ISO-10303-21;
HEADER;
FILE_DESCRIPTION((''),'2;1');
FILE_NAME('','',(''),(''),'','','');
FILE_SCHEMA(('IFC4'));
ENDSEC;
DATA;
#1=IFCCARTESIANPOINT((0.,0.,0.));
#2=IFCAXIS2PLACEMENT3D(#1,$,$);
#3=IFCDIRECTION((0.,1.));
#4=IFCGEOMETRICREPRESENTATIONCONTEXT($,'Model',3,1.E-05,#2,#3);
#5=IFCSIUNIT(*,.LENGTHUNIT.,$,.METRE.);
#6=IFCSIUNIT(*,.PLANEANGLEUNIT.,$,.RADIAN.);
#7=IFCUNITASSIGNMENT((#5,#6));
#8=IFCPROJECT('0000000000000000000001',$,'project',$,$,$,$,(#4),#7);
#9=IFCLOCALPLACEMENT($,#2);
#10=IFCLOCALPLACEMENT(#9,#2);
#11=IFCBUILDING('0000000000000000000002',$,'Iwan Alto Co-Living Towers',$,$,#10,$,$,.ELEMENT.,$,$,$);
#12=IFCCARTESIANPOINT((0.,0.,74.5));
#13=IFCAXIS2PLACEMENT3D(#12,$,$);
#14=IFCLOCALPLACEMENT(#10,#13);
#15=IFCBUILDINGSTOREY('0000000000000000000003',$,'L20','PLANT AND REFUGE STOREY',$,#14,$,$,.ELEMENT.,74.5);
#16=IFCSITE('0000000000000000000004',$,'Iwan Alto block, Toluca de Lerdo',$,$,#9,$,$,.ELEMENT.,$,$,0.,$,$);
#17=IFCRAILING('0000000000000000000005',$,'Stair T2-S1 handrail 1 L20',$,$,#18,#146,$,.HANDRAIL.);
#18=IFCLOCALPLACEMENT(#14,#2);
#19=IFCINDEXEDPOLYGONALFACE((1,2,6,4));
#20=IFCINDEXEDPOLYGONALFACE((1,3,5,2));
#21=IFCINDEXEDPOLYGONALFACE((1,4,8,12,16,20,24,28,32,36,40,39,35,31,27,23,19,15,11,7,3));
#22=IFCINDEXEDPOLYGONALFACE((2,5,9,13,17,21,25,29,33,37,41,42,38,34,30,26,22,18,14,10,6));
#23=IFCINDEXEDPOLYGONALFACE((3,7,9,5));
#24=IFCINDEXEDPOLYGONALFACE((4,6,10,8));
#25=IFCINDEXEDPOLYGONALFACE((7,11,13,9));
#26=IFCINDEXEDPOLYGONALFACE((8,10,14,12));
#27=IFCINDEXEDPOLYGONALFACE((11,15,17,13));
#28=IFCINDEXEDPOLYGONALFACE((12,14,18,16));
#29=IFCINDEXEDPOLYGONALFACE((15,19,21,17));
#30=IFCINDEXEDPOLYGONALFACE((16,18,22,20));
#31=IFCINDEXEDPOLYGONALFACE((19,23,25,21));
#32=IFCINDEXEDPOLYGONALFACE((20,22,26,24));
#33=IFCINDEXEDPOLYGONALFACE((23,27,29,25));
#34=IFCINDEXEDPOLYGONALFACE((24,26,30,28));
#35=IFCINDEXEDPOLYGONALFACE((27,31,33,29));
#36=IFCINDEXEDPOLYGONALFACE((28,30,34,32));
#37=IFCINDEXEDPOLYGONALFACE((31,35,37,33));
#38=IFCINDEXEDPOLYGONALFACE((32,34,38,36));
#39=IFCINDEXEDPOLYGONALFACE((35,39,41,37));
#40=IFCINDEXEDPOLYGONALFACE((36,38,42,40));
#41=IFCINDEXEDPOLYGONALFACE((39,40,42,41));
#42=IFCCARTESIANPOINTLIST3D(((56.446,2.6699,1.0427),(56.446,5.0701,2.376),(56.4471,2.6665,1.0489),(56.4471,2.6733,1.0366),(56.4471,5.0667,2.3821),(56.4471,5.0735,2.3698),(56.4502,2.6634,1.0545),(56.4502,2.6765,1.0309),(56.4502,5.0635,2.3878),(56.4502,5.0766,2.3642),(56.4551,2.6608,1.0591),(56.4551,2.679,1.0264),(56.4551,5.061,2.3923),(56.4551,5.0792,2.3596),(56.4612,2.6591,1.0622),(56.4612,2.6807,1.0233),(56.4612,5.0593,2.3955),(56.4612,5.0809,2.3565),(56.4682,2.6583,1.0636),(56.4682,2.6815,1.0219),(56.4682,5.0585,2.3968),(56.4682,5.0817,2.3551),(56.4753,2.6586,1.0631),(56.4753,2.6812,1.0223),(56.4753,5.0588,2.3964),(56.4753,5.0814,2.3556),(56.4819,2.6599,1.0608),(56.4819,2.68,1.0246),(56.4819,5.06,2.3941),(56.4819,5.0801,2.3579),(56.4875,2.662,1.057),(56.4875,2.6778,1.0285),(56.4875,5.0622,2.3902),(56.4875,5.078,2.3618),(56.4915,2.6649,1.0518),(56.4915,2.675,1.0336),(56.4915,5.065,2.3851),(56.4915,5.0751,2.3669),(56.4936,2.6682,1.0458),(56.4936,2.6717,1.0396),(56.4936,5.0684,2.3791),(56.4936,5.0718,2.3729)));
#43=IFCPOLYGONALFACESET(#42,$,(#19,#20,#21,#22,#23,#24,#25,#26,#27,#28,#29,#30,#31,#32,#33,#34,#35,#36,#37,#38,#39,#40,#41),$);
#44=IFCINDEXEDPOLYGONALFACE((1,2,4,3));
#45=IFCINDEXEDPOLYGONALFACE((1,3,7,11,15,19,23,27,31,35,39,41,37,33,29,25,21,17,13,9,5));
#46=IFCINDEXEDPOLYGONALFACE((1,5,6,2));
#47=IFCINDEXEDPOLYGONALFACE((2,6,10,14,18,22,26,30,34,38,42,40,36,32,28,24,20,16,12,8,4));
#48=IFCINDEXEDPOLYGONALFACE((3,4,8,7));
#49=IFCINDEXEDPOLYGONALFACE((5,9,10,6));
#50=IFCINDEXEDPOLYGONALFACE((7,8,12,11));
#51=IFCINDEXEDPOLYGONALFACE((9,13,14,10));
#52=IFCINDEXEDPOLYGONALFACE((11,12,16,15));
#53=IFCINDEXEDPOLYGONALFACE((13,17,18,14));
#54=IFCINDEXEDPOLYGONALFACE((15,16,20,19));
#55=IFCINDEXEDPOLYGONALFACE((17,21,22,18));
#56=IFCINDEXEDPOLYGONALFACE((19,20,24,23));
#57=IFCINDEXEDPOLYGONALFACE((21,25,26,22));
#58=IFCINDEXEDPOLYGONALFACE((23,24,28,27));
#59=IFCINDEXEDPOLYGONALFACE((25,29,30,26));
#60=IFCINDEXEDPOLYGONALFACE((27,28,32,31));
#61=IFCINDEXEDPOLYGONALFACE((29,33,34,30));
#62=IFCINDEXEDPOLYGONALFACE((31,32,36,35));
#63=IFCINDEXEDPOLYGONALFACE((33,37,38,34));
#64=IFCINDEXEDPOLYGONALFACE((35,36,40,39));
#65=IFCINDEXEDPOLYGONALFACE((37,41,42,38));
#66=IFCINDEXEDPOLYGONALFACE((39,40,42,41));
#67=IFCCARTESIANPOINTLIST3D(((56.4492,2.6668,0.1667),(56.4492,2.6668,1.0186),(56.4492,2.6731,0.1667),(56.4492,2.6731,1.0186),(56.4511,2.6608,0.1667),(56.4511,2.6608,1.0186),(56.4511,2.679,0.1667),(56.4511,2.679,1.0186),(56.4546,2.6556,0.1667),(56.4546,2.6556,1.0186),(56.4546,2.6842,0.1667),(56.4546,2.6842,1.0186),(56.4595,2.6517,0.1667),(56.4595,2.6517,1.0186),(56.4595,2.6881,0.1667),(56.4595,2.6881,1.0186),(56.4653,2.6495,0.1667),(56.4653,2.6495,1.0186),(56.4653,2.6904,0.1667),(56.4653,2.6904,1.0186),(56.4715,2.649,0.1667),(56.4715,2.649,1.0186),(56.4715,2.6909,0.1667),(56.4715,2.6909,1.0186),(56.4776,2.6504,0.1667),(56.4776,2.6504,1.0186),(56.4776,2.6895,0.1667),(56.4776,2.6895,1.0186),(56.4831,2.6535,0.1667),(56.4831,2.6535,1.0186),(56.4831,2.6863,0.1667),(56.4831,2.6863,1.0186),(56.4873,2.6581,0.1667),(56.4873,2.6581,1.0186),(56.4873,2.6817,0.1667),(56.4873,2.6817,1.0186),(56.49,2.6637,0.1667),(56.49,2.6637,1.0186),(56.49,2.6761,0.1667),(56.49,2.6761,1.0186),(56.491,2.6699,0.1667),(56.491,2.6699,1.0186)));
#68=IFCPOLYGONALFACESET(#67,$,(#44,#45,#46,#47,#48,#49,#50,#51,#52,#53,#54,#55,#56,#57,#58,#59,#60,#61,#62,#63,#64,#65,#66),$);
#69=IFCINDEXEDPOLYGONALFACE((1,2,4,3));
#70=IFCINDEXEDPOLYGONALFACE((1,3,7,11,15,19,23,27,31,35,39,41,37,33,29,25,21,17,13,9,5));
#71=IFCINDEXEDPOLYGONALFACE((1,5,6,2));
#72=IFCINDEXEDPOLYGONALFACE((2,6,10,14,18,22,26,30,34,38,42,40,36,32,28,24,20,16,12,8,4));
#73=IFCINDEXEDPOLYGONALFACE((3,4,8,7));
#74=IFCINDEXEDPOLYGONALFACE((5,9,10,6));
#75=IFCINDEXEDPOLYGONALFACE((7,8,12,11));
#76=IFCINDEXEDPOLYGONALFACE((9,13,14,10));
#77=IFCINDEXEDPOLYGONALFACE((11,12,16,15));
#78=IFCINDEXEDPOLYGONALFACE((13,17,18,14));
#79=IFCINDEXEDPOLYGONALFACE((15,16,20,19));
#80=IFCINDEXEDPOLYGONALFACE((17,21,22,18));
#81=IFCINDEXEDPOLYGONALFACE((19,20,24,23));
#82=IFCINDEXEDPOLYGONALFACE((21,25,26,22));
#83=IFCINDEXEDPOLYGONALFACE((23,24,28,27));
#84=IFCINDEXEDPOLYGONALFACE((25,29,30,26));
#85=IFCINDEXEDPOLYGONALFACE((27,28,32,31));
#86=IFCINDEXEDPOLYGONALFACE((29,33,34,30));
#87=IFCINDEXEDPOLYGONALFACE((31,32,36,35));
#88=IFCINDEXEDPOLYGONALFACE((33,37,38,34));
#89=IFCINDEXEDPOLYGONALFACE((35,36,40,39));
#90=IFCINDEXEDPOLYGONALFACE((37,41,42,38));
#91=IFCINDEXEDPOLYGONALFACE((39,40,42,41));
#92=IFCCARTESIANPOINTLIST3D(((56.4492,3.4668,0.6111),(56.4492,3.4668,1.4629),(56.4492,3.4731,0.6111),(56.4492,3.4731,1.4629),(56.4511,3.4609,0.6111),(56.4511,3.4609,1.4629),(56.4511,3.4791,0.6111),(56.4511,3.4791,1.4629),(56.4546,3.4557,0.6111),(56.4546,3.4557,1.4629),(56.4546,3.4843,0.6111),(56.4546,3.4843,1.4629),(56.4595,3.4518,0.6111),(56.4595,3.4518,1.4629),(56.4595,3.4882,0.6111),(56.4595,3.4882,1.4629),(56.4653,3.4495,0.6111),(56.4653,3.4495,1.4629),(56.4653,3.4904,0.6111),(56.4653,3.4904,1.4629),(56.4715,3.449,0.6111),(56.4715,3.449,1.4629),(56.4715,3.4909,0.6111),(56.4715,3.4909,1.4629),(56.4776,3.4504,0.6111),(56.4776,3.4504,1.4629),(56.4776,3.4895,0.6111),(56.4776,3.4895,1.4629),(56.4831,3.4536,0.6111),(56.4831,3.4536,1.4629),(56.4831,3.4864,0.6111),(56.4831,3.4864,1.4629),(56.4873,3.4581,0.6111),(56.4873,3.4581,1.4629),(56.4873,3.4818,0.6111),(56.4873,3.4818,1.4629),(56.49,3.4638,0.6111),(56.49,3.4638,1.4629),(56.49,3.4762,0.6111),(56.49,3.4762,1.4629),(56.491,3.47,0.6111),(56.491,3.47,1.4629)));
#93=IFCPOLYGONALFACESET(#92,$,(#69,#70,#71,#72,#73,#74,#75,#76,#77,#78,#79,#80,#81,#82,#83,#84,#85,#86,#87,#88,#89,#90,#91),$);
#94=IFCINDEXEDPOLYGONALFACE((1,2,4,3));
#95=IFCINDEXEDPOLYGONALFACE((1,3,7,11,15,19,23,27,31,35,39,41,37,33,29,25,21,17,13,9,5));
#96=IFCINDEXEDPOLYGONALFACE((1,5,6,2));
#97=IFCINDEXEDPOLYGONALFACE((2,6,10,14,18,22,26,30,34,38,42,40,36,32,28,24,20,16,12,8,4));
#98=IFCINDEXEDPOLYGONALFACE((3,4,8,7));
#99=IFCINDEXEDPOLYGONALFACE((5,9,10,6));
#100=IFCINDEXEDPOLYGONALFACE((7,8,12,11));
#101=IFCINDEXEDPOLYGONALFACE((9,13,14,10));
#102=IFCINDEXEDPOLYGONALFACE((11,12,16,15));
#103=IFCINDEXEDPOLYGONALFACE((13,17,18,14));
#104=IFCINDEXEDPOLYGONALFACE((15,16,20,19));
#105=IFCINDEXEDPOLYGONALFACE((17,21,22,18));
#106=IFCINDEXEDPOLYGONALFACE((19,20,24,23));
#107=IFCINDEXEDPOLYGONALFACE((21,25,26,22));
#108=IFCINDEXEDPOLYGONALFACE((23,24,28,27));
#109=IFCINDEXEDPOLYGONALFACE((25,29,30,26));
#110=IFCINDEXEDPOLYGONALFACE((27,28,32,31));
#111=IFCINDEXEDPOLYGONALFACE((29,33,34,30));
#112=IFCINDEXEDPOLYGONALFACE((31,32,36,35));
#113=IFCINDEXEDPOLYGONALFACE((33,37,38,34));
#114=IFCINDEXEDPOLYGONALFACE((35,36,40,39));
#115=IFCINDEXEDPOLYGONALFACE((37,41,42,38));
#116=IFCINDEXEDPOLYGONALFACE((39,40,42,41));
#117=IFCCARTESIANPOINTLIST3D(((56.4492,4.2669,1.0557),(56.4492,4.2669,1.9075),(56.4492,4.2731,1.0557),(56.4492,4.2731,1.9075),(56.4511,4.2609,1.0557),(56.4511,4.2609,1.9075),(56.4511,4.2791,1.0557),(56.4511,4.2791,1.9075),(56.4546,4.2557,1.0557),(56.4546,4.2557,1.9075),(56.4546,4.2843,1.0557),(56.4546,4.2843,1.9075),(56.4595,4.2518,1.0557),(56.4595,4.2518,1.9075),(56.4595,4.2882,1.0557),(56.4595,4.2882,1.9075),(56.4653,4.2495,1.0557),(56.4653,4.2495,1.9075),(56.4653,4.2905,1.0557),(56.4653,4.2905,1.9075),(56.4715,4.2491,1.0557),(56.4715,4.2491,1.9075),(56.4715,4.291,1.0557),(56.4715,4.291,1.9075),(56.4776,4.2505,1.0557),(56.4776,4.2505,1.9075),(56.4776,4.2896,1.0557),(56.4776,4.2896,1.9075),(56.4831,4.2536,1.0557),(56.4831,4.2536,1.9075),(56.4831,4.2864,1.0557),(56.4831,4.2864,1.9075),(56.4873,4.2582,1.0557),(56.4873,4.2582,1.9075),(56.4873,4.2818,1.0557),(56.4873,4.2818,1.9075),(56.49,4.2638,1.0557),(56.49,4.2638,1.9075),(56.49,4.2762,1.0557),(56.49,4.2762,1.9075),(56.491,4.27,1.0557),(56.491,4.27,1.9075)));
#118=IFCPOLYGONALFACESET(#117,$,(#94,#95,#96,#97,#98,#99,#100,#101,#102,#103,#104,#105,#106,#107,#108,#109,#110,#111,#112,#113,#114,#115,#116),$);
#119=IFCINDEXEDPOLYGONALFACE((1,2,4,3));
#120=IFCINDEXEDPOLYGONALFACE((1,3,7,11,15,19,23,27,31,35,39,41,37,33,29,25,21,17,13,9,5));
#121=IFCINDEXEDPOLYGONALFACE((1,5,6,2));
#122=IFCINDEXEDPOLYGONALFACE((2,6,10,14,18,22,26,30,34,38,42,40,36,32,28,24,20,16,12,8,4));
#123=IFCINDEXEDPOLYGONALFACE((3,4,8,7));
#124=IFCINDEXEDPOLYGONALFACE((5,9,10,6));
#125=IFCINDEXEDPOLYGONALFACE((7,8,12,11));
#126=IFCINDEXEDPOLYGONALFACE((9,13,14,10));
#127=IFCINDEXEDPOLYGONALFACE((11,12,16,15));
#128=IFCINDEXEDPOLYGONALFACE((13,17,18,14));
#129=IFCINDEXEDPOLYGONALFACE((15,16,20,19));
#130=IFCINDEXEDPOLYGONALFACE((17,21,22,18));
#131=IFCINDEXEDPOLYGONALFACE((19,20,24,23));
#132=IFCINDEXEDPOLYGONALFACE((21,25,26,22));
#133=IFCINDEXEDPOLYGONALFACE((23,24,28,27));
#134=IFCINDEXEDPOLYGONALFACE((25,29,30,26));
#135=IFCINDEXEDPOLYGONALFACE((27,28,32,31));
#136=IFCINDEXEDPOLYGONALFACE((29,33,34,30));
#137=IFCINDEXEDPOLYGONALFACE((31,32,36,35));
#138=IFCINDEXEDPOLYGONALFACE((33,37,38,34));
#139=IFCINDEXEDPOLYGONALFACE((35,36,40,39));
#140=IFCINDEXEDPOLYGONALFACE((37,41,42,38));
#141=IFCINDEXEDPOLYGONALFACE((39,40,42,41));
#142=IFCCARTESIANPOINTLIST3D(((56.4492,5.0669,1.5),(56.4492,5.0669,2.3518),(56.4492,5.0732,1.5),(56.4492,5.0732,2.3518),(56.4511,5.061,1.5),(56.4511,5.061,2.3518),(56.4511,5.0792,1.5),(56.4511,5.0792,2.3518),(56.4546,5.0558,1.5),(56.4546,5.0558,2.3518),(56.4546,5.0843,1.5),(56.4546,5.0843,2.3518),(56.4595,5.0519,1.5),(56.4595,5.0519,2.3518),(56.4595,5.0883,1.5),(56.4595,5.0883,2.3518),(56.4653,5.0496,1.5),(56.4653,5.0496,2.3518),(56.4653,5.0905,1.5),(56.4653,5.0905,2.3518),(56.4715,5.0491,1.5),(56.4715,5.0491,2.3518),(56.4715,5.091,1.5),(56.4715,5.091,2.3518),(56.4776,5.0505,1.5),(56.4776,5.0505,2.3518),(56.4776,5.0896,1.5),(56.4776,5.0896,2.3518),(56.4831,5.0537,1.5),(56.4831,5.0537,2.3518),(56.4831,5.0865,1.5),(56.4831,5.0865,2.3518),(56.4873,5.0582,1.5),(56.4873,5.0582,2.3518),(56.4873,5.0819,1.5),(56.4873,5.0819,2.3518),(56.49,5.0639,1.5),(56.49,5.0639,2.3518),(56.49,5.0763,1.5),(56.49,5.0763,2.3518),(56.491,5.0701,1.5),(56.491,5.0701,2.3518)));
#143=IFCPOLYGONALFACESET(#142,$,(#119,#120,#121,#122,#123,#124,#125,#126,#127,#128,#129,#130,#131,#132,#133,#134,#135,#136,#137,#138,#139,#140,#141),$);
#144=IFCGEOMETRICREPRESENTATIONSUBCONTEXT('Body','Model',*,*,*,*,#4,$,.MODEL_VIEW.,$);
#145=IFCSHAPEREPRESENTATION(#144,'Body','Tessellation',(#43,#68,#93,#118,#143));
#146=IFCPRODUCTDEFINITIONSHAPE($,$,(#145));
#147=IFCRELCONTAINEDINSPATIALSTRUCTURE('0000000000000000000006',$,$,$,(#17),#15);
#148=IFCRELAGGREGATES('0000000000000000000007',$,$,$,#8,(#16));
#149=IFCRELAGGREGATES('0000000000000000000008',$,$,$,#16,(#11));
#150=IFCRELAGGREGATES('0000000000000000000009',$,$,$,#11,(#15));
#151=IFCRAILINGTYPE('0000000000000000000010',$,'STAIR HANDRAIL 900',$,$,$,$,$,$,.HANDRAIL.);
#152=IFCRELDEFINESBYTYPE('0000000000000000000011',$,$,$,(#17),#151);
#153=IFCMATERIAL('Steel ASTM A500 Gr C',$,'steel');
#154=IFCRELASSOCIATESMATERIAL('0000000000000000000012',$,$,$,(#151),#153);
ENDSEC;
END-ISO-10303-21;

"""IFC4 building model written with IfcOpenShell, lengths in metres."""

from ifc_helpers import new_model, si_unit, direction, frame, origin, origin_2d, place, context, subcontext, project, spatial, circle, extrude, material, type_object, element, save


model = new_model("IFC4")

# Units and contexts
model_context = context("Model", 3, precision=1e-05, world=origin(), true_north=direction((0.0, 1.0)))
body_context = subcontext(model_context, "Body", "Model", "MODEL_VIEW")
ifc_project = project(units=[si_unit("LENGTHUNIT", "METRE"), si_unit("PLANEANGLEUNIT", "RADIAN")], contexts=[model_context])

# Site, building, storey
site_placement = place(None, origin())
site = spatial("IfcSite", under=ifc_project, at=site_placement, Name="Iwan Alto block, Toluca de Lerdo", CompositionType="ELEMENT", RefElevation=0.0)
building_placement = place(site_placement, origin())
building = spatial("IfcBuilding", under=site, at=building_placement, Name="Iwan Alto Co-Living Towers", CompositionType="ELEMENT")
storey_placement = place(building_placement, frame((0.0, 0.0, 74.5)))
storey = spatial("IfcBuildingStorey", under=building, at=storey_placement, Name="L20", Description="PLANT AND REFUGE STOREY", CompositionType="ELEMENT", Elevation=74.5)

# Railing
ifc_material_1 = material(Name="Steel ASTM A500 Gr C", Category="steel")
railing_type_1 = type_object("IfcRailingType", Name="STAIR HANDRAIL 900", PredefinedType="HANDRAIL", material=ifc_material_1)
railing_1_placement = place(storey_placement, frame((56.47, 2.6699, 0.1667)))
element("IfcRailing", 1, at=railing_1_placement, inside=storey, type_object=railing_type_1, Name="Stair T2-S1 handrail 1 L20", PredefinedType="HANDRAIL", context=body_context, shape_type="SweptSolid", body=[
    extrude(circle(Radius=0.0239, at=origin_2d()), frame((0.0, 0.0, 0.876), z_axis=(0.0, 0.874182, 0.485598), x_axis=(-1.0, 0.0, 0.0)), (0.0, 0.0, 1.0), 2.7456),
    extrude(circle(Radius=0.021, at=origin_2d()), origin(), (0.0, 0.0, 1.0), 0.8518),
    extrude(circle(Radius=0.021, at=origin_2d()), frame((0.0, 0.8, 0.4443)), (0.0, 0.0, 1.0), 0.8518),
    extrude(circle(Radius=0.021, at=origin_2d()), frame((0.0, 1.6001, 0.8889)), (0.0, 0.0, 1.0), 0.8518),
    extrude(circle(Radius=0.021, at=origin_2d()), frame((0.0, 2.4001, 1.3333)), (0.0, 0.0, 1.0), 0.8518),
])

save(model, "model.ifc")
